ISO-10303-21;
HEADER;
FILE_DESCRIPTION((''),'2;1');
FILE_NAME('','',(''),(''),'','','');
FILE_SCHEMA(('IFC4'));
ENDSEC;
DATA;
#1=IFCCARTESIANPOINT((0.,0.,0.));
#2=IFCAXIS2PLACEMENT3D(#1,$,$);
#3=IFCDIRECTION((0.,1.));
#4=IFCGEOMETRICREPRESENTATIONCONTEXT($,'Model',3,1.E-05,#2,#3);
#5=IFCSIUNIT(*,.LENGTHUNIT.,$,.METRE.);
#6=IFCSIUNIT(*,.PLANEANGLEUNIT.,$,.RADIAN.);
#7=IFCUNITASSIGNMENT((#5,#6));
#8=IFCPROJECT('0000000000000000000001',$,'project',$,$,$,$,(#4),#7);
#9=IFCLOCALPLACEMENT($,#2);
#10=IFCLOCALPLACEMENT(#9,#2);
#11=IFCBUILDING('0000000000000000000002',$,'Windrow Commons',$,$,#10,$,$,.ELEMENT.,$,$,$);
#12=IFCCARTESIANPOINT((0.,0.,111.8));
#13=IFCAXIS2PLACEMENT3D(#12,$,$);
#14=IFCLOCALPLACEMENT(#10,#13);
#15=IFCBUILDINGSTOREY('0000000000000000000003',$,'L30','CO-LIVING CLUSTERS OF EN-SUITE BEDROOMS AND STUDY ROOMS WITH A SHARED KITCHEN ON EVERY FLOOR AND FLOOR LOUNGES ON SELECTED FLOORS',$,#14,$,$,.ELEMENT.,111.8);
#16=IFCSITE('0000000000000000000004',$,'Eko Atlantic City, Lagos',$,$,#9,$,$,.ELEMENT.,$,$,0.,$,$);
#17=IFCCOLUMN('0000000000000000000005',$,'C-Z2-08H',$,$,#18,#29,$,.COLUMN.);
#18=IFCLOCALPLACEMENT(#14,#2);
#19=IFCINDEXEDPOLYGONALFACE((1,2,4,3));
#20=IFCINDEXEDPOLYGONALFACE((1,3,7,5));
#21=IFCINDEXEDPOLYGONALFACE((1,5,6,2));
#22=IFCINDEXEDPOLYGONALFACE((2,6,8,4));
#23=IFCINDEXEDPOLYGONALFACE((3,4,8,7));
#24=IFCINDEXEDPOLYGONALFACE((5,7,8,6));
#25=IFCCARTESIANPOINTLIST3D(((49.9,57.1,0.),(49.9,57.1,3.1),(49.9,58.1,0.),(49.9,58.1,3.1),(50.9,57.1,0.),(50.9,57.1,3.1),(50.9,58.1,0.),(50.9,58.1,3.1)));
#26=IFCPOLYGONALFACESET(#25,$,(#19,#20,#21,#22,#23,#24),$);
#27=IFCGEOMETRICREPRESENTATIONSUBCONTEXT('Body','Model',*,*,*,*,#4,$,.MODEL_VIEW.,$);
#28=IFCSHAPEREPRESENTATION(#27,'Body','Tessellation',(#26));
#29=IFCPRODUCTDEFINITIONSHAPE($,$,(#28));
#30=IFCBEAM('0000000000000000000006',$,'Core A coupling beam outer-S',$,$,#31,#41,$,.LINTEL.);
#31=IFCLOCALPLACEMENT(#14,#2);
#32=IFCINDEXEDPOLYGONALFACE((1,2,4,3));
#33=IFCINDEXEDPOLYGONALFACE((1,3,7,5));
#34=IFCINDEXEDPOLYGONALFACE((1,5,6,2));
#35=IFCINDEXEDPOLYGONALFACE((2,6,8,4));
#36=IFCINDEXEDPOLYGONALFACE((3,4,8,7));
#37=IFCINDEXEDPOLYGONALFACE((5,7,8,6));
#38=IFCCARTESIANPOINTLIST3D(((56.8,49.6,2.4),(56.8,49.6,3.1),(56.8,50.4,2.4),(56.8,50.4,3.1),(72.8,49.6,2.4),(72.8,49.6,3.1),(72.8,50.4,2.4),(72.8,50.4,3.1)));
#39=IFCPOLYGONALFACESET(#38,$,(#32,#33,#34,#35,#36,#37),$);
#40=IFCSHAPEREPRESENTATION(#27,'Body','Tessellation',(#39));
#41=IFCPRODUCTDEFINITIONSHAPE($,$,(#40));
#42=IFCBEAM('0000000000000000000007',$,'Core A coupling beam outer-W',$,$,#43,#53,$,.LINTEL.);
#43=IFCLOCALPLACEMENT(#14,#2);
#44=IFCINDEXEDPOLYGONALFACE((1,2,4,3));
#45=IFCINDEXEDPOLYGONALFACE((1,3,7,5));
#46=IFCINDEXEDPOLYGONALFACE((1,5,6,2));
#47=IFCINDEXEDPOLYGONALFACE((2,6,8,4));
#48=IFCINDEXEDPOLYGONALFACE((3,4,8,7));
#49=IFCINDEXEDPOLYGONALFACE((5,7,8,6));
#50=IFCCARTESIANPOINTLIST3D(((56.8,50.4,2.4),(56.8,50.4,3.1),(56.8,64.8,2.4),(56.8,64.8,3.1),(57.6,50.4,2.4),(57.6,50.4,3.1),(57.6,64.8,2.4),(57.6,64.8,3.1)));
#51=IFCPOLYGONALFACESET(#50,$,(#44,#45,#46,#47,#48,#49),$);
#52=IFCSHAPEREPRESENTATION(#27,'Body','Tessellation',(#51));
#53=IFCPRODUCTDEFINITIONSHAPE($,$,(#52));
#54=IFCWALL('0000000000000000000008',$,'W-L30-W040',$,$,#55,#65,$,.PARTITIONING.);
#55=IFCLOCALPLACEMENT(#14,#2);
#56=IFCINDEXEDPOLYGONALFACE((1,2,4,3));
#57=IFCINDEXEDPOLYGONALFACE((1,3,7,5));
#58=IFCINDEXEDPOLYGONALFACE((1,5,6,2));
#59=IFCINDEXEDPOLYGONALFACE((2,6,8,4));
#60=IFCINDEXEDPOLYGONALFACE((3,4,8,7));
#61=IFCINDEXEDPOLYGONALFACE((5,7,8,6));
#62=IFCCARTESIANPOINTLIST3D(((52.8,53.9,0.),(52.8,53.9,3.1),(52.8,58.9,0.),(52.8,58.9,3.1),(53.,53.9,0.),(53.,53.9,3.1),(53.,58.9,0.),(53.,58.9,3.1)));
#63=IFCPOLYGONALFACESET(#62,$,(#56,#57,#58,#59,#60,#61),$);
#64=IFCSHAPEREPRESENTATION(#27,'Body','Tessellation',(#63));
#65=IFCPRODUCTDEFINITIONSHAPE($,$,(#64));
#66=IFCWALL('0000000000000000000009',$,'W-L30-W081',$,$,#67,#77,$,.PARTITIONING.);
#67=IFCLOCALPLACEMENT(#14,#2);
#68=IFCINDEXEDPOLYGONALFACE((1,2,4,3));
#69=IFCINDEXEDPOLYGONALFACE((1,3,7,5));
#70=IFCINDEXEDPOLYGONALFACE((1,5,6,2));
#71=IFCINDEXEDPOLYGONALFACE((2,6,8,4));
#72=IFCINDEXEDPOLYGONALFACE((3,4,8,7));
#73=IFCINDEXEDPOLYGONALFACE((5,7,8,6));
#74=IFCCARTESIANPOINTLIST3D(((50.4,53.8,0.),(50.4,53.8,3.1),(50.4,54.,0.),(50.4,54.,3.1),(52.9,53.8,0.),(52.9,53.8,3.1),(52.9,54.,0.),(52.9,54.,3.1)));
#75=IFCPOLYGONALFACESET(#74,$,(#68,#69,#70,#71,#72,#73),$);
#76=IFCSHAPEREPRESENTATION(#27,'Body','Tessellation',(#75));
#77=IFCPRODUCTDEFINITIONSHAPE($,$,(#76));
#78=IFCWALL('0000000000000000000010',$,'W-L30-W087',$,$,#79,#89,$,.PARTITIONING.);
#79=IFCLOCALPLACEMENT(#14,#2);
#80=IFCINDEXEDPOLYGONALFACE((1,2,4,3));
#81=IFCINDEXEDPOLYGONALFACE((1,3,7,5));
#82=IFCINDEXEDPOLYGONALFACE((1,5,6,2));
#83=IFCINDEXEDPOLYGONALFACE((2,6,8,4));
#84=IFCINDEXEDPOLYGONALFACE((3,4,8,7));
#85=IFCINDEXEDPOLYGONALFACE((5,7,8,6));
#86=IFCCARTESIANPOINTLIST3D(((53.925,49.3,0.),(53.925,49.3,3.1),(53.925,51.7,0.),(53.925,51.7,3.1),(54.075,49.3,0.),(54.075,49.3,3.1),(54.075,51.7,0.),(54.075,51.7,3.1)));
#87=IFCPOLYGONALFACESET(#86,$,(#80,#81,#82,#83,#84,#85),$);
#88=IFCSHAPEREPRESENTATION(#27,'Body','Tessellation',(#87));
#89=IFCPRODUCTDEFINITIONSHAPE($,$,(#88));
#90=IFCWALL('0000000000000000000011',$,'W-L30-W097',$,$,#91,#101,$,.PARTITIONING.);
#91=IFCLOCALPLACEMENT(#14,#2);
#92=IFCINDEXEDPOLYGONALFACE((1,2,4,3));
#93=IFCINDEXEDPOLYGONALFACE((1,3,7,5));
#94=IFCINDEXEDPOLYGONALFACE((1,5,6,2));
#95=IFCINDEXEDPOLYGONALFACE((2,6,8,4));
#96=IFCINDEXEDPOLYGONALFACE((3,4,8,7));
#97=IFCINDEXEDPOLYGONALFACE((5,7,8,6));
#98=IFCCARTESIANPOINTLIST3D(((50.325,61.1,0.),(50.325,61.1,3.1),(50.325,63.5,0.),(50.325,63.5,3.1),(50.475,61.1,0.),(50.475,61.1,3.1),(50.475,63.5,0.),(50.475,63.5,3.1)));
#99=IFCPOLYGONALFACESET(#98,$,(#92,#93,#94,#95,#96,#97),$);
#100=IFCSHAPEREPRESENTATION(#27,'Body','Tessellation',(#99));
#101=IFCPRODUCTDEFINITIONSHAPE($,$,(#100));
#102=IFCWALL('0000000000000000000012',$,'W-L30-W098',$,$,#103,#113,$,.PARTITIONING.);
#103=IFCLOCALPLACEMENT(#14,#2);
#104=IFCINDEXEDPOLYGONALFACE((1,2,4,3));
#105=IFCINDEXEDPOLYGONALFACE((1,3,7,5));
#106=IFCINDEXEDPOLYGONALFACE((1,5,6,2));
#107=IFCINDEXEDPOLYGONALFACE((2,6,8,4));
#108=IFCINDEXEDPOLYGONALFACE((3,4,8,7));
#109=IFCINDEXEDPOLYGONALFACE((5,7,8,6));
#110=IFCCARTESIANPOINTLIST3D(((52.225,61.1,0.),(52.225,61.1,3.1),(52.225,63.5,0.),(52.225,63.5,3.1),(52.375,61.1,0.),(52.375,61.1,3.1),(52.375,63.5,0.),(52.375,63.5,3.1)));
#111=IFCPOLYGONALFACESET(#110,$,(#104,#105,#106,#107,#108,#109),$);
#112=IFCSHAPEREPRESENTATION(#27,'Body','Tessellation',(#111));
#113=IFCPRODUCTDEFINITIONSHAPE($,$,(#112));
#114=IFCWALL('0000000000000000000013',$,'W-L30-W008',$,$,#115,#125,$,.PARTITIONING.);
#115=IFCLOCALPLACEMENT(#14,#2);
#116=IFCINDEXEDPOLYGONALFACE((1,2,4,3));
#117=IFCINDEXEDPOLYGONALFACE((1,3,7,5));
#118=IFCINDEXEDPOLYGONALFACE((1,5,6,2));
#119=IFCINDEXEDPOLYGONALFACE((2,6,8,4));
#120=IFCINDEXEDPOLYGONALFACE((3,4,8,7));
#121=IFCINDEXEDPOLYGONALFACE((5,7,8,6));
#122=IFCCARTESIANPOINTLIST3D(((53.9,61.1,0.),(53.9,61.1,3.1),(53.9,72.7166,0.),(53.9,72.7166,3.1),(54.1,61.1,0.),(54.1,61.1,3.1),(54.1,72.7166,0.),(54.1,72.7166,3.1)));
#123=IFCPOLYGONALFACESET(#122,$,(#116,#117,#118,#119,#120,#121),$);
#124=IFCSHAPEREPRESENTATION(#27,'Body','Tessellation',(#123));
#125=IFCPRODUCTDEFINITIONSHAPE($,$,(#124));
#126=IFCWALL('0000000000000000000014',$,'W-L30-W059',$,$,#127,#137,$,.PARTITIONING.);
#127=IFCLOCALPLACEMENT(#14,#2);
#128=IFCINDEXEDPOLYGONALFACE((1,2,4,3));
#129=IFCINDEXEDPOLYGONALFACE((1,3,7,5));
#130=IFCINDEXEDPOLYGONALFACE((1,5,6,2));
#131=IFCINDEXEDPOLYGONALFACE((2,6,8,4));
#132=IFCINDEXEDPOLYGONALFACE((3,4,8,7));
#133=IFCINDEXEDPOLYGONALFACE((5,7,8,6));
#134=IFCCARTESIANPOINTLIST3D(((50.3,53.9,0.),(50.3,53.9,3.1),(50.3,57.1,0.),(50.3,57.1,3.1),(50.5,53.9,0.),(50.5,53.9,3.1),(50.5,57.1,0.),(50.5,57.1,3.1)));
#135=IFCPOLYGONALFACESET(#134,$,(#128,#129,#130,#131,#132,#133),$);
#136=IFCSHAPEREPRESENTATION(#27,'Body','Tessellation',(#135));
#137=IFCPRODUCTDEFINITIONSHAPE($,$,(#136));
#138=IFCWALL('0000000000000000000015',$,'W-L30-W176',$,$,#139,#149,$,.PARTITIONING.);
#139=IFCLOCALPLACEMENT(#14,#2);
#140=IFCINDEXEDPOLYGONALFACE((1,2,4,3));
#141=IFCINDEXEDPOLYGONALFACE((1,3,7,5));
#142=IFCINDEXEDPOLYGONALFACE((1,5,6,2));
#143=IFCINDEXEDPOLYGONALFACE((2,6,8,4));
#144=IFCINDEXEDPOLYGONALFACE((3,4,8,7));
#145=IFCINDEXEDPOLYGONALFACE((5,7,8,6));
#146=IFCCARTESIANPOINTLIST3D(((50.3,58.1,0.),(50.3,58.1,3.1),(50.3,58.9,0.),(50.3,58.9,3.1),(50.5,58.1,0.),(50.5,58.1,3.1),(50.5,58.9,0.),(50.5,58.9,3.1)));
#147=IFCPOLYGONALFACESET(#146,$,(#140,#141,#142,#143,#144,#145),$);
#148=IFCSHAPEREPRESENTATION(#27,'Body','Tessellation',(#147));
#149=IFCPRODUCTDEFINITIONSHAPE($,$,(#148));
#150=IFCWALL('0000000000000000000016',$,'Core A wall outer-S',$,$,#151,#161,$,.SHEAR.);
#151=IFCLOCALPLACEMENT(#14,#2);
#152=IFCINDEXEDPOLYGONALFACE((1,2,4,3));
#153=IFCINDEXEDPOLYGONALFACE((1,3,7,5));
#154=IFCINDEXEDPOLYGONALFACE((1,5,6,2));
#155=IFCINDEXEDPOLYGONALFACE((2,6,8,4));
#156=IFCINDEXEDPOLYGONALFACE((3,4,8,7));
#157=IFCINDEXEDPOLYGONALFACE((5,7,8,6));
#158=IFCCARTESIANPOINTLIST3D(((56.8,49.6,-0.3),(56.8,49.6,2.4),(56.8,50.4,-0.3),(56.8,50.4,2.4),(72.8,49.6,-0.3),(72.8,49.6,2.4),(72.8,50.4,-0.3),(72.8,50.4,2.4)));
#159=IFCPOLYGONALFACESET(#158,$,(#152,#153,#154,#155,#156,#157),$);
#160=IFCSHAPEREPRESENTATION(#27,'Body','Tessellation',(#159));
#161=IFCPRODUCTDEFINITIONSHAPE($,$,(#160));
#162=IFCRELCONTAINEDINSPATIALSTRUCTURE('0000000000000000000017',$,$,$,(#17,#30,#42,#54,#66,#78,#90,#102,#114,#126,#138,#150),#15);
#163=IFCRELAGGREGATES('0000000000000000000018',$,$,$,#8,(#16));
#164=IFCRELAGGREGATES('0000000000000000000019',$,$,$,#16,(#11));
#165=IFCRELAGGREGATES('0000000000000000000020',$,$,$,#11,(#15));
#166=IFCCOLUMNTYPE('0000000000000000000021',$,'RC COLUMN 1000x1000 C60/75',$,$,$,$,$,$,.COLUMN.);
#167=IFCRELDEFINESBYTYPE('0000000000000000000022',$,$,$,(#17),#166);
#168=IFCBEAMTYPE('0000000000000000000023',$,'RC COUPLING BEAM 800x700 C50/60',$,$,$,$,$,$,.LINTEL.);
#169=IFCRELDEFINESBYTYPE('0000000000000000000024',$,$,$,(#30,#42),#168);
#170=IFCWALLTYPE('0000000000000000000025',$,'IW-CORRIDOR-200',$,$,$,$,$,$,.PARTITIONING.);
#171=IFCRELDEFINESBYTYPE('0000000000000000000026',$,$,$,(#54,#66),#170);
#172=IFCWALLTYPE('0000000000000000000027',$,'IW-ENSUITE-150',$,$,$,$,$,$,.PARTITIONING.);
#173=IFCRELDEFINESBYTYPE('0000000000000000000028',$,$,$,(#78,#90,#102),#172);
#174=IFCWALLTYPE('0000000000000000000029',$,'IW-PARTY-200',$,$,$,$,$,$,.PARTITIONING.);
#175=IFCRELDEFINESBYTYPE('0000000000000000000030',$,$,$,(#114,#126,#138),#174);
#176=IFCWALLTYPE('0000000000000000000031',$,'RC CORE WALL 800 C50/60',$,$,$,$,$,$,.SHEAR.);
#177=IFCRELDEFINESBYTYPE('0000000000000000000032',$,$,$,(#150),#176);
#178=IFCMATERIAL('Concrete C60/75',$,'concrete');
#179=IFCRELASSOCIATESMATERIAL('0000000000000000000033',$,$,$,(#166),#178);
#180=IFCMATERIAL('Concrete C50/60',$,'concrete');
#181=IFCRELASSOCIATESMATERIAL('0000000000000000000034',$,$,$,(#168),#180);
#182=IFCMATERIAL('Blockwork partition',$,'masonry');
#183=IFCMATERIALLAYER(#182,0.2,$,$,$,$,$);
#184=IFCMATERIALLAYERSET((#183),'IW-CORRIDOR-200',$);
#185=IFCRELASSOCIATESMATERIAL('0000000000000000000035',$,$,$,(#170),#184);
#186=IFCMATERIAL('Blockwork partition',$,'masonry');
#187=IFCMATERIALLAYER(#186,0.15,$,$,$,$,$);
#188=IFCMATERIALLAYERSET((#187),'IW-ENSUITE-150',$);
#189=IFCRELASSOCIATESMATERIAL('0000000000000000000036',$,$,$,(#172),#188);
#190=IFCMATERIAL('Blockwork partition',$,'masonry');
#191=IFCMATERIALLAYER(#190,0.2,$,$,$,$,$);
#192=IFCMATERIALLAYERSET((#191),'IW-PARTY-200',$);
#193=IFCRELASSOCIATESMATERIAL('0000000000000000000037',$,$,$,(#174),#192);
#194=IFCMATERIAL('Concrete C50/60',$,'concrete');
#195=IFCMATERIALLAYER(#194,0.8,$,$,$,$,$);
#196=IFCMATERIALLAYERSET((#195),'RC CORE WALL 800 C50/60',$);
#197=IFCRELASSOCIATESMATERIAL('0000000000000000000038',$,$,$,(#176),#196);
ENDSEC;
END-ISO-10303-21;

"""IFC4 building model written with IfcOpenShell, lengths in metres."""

from ifc_helpers import new_model, si_unit, direction, frame, frame_2d, origin, origin_2d, place, context, subcontext, project, spatial, rectangle, extrude, material, layer, layer_set, material_profile, profile_set, type_object, element, save


model = new_model("IFC4")

# Units and contexts
model_context = context("Model", 3, precision=1e-05, world=origin(), true_north=direction((0.0, 1.0)))
body_context = subcontext(model_context, "Body", "Model", "MODEL_VIEW")
ifc_project = project(units=[si_unit("LENGTHUNIT", "METRE"), si_unit("PLANEANGLEUNIT", "RADIAN")], contexts=[model_context])

# Site, building, storey
site_placement = place(None, origin())
site = spatial("IfcSite", under=ifc_project, at=site_placement, Name="Eko Atlantic City, Lagos", CompositionType="ELEMENT", RefElevation=0.0)
building_placement = place(site_placement, origin())
building = spatial("IfcBuilding", under=site, at=building_placement, Name="Windrow Commons", CompositionType="ELEMENT")
storey_placement = place(building_placement, frame((0.0, 0.0, 111.8)))
storey = spatial("IfcBuildingStorey", under=building, at=storey_placement, Name="L30", Description="CO-LIVING CLUSTERS OF EN-SUITE BEDROOMS AND STUDY ROOMS WITH A SHARED KITCHEN ON EVERY FLOOR AND FLOOR LOUNGES ON SELECTED FLOORS", CompositionType="ELEMENT", Elevation=111.8)

# Column
ifc_material_1 = material(Name="Concrete C60/75", Category="concrete")
ifc_material_profile_1 = material_profile(ifc_material_1, rectangle(XDim=1.0, YDim=1.0, at=origin_2d()))
ifc_profile_set_1 = profile_set([ifc_material_profile_1], Name="Concrete C60/75")
column_type = type_object("IfcColumnType", Name="RC COLUMN 1000x1000 C60/75", PredefinedType="COLUMN", material=ifc_profile_set_1)
column_placement = place(storey_placement, frame((50.4, 57.6, 0.0), z_axis=(0.0, 0.0, 1.0), x_axis=(1.0, 0.0, 0.0)))
element("IfcColumn", 1, at=column_placement, inside=storey, type_object=column_type, Name="C-Z2-08H", PredefinedType="COLUMN", context=body_context, shape_type="SweptSolid", body=[
    extrude(rectangle(XDim=1.0, YDim=1.0, at=origin_2d()), origin(), (0.0, 0.0, 1.0), 3.1),
])

# Beams
ifc_material_2 = material(Name="Concrete C50/60", Category="concrete")
ifc_material_profile_2 = material_profile(ifc_material_2, rectangle(XDim=0.8, YDim=0.7, at=origin_2d()))
ifc_profile_set_2 = profile_set([ifc_material_profile_2], Name="Concrete C50/60")
beam_type = type_object("IfcBeamType", Name="RC COUPLING BEAM 800x700 C50/60", PredefinedType="LINTEL", material=ifc_profile_set_2)
beam_1_placement = place(storey_placement, frame((56.8, 50.0, 2.75), z_axis=(1.0, 0.0, 0.0), x_axis=(0.0, 1.0, 0.0)))
element("IfcBeam", 2, at=beam_1_placement, inside=storey, type_object=beam_type, Name="Core A coupling beam outer-S", PredefinedType="LINTEL", context=body_context, shape_type="SweptSolid", body=[
    extrude(rectangle(XDim=0.8, YDim=0.7, at=origin_2d()), origin(), (0.0, 0.0, 1.0), 16.0),
])
beam_2_placement = place(storey_placement, frame((57.2, 50.4, 2.75), z_axis=(0.0, 1.0, 0.0), x_axis=(-1.0, 0.0, 0.0)))
element("IfcBeam", 3, at=beam_2_placement, inside=storey, type_object=beam_type, Name="Core A coupling beam outer-W", PredefinedType="LINTEL", context=body_context, shape_type="SweptSolid", body=[
    extrude(rectangle(XDim=0.8, YDim=0.7, at=origin_2d()), origin(), (0.0, 0.0, 1.0), 14.4),
])

# Walls
ifc_material_3 = material(Name="Blockwork partition", Category="masonry")
ifc_layer_1 = layer(ifc_material_3, 0.2)
ifc_layer_set_1 = layer_set([ifc_layer_1], Name="IW-CORRIDOR-200")
wall_type_1 = type_object("IfcWallType", Name="IW-CORRIDOR-200", PredefinedType="PARTITIONING", material=ifc_layer_set_1)
wall_1_placement = place(storey_placement, frame((52.9, 53.9, 0.0), z_axis=(0.0, 0.0, 1.0), x_axis=(0.0, 1.0, 0.0)))
element("IfcWall", 4, at=wall_1_placement, inside=storey, type_object=wall_type_1, Name="W-L30-W040", PredefinedType="PARTITIONING", context=body_context, shape_type="SweptSolid", body=[
    extrude(rectangle(XDim=5.0, YDim=0.2, at=frame_2d((2.5, 0.0))), origin(), (0.0, 0.0, 1.0), 3.1),
])
wall_2_placement = place(storey_placement, frame((50.4, 53.9, 0.0), z_axis=(0.0, 0.0, 1.0), x_axis=(1.0, 0.0, 0.0)))
element("IfcWall", 5, at=wall_2_placement, inside=storey, type_object=wall_type_1, Name="W-L30-W081", PredefinedType="PARTITIONING", context=body_context, shape_type="SweptSolid", body=[
    extrude(rectangle(XDim=2.5, YDim=0.2, at=frame_2d((1.25, 0.0))), origin(), (0.0, 0.0, 1.0), 3.1),
])
ifc_material_4 = material(Name="Blockwork partition", Category="masonry")
ifc_layer_2 = layer(ifc_material_4, 0.15)
ifc_layer_set_2 = layer_set([ifc_layer_2], Name="IW-ENSUITE-150")
wall_type_2 = type_object("IfcWallType", Name="IW-ENSUITE-150", PredefinedType="PARTITIONING", material=ifc_layer_set_2)
for number, where, z_axis, x_axis, name in (
    (6, (54.0, 49.3, 0.0), (0.0, 0.0, 1.0), (0.0, 1.0, 0.0), "W-L30-W087"),
    (7, (50.4, 61.1, 0.0), (0.0, 0.0, 1.0), (0.0, 1.0, 0.0), "W-L30-W097"),
    (8, (52.3, 61.1, 0.0), (0.0, 0.0, 1.0), (0.0, 1.0, 0.0), "W-L30-W098"),
):
    element("IfcWall", number, at=place(storey_placement, frame(where, z_axis=z_axis, x_axis=x_axis)), inside=storey, type_object=wall_type_2, Name=name, PredefinedType="PARTITIONING", context=body_context, shape_type="SweptSolid", body=[
        extrude(rectangle(XDim=2.4, YDim=0.15, at=frame_2d((1.2, 0.0))), origin(), (0.0, 0.0, 1.0), 3.1),
    ])
ifc_material_5 = material(Name="Blockwork partition", Category="masonry")
ifc_layer_3 = layer(ifc_material_5, 0.2)
ifc_layer_set_3 = layer_set([ifc_layer_3], Name="IW-PARTY-200")
wall_type_3 = type_object("IfcWallType", Name="IW-PARTY-200", PredefinedType="PARTITIONING", material=ifc_layer_set_3)
wall_3_placement = place(storey_placement, frame((54.0, 61.1, 0.0), z_axis=(0.0, 0.0, 1.0), x_axis=(0.0, 1.0, 0.0)))
element("IfcWall", 9, at=wall_3_placement, inside=storey, type_object=wall_type_3, Name="W-L30-W008", PredefinedType="PARTITIONING", context=body_context, shape_type="SweptSolid", body=[
    extrude(rectangle(XDim=11.6167, YDim=0.2, at=frame_2d((5.8083, 0.0))), origin(), (0.0, 0.0, 1.0), 3.1),
])
wall_4_placement = place(storey_placement, frame((50.4, 53.9, 0.0), z_axis=(0.0, 0.0, 1.0), x_axis=(0.0, 1.0, 0.0)))
element("IfcWall", 10, at=wall_4_placement, inside=storey, type_object=wall_type_3, Name="W-L30-W059", PredefinedType="PARTITIONING", context=body_context, shape_type="SweptSolid", body=[
    extrude(rectangle(XDim=3.2, YDim=0.2, at=frame_2d((1.6, 0.0))), origin(), (0.0, 0.0, 1.0), 3.1),
])
wall_5_placement = place(storey_placement, frame((50.4, 58.1, 0.0), z_axis=(0.0, 0.0, 1.0), x_axis=(0.0, 1.0, 0.0)))
element("IfcWall", 11, at=wall_5_placement, inside=storey, type_object=wall_type_3, Name="W-L30-W176", PredefinedType="PARTITIONING", context=body_context, shape_type="SweptSolid", body=[
    extrude(rectangle(XDim=0.8, YDim=0.2, at=frame_2d((0.4, 0.0))), origin(), (0.0, 0.0, 1.0), 3.1),
])
ifc_material_6 = material(Name="Concrete C50/60", Category="concrete")
ifc_layer_4 = layer(ifc_material_6, 0.8)
ifc_layer_set_4 = layer_set([ifc_layer_4], Name="RC CORE WALL 800 C50/60")
wall_type_4 = type_object("IfcWallType", Name="RC CORE WALL 800 C50/60", PredefinedType="SHEAR", material=ifc_layer_set_4)
wall_6_placement = place(storey_placement, frame((56.8, 50.0, -0.3), z_axis=(0.0, 0.0, 1.0), x_axis=(1.0, 0.0, 0.0)))
element("IfcWall", 12, at=wall_6_placement, inside=storey, type_object=wall_type_4, Name="Core A wall outer-S", PredefinedType="SHEAR", context=body_context, shape_type="SweptSolid", body=[
    extrude(rectangle(XDim=16.0, YDim=0.8, at=frame_2d((8.0, 0.0))), origin(), (0.0, 0.0, 1.0), 2.7),
])

save(model, "model.ifc")
